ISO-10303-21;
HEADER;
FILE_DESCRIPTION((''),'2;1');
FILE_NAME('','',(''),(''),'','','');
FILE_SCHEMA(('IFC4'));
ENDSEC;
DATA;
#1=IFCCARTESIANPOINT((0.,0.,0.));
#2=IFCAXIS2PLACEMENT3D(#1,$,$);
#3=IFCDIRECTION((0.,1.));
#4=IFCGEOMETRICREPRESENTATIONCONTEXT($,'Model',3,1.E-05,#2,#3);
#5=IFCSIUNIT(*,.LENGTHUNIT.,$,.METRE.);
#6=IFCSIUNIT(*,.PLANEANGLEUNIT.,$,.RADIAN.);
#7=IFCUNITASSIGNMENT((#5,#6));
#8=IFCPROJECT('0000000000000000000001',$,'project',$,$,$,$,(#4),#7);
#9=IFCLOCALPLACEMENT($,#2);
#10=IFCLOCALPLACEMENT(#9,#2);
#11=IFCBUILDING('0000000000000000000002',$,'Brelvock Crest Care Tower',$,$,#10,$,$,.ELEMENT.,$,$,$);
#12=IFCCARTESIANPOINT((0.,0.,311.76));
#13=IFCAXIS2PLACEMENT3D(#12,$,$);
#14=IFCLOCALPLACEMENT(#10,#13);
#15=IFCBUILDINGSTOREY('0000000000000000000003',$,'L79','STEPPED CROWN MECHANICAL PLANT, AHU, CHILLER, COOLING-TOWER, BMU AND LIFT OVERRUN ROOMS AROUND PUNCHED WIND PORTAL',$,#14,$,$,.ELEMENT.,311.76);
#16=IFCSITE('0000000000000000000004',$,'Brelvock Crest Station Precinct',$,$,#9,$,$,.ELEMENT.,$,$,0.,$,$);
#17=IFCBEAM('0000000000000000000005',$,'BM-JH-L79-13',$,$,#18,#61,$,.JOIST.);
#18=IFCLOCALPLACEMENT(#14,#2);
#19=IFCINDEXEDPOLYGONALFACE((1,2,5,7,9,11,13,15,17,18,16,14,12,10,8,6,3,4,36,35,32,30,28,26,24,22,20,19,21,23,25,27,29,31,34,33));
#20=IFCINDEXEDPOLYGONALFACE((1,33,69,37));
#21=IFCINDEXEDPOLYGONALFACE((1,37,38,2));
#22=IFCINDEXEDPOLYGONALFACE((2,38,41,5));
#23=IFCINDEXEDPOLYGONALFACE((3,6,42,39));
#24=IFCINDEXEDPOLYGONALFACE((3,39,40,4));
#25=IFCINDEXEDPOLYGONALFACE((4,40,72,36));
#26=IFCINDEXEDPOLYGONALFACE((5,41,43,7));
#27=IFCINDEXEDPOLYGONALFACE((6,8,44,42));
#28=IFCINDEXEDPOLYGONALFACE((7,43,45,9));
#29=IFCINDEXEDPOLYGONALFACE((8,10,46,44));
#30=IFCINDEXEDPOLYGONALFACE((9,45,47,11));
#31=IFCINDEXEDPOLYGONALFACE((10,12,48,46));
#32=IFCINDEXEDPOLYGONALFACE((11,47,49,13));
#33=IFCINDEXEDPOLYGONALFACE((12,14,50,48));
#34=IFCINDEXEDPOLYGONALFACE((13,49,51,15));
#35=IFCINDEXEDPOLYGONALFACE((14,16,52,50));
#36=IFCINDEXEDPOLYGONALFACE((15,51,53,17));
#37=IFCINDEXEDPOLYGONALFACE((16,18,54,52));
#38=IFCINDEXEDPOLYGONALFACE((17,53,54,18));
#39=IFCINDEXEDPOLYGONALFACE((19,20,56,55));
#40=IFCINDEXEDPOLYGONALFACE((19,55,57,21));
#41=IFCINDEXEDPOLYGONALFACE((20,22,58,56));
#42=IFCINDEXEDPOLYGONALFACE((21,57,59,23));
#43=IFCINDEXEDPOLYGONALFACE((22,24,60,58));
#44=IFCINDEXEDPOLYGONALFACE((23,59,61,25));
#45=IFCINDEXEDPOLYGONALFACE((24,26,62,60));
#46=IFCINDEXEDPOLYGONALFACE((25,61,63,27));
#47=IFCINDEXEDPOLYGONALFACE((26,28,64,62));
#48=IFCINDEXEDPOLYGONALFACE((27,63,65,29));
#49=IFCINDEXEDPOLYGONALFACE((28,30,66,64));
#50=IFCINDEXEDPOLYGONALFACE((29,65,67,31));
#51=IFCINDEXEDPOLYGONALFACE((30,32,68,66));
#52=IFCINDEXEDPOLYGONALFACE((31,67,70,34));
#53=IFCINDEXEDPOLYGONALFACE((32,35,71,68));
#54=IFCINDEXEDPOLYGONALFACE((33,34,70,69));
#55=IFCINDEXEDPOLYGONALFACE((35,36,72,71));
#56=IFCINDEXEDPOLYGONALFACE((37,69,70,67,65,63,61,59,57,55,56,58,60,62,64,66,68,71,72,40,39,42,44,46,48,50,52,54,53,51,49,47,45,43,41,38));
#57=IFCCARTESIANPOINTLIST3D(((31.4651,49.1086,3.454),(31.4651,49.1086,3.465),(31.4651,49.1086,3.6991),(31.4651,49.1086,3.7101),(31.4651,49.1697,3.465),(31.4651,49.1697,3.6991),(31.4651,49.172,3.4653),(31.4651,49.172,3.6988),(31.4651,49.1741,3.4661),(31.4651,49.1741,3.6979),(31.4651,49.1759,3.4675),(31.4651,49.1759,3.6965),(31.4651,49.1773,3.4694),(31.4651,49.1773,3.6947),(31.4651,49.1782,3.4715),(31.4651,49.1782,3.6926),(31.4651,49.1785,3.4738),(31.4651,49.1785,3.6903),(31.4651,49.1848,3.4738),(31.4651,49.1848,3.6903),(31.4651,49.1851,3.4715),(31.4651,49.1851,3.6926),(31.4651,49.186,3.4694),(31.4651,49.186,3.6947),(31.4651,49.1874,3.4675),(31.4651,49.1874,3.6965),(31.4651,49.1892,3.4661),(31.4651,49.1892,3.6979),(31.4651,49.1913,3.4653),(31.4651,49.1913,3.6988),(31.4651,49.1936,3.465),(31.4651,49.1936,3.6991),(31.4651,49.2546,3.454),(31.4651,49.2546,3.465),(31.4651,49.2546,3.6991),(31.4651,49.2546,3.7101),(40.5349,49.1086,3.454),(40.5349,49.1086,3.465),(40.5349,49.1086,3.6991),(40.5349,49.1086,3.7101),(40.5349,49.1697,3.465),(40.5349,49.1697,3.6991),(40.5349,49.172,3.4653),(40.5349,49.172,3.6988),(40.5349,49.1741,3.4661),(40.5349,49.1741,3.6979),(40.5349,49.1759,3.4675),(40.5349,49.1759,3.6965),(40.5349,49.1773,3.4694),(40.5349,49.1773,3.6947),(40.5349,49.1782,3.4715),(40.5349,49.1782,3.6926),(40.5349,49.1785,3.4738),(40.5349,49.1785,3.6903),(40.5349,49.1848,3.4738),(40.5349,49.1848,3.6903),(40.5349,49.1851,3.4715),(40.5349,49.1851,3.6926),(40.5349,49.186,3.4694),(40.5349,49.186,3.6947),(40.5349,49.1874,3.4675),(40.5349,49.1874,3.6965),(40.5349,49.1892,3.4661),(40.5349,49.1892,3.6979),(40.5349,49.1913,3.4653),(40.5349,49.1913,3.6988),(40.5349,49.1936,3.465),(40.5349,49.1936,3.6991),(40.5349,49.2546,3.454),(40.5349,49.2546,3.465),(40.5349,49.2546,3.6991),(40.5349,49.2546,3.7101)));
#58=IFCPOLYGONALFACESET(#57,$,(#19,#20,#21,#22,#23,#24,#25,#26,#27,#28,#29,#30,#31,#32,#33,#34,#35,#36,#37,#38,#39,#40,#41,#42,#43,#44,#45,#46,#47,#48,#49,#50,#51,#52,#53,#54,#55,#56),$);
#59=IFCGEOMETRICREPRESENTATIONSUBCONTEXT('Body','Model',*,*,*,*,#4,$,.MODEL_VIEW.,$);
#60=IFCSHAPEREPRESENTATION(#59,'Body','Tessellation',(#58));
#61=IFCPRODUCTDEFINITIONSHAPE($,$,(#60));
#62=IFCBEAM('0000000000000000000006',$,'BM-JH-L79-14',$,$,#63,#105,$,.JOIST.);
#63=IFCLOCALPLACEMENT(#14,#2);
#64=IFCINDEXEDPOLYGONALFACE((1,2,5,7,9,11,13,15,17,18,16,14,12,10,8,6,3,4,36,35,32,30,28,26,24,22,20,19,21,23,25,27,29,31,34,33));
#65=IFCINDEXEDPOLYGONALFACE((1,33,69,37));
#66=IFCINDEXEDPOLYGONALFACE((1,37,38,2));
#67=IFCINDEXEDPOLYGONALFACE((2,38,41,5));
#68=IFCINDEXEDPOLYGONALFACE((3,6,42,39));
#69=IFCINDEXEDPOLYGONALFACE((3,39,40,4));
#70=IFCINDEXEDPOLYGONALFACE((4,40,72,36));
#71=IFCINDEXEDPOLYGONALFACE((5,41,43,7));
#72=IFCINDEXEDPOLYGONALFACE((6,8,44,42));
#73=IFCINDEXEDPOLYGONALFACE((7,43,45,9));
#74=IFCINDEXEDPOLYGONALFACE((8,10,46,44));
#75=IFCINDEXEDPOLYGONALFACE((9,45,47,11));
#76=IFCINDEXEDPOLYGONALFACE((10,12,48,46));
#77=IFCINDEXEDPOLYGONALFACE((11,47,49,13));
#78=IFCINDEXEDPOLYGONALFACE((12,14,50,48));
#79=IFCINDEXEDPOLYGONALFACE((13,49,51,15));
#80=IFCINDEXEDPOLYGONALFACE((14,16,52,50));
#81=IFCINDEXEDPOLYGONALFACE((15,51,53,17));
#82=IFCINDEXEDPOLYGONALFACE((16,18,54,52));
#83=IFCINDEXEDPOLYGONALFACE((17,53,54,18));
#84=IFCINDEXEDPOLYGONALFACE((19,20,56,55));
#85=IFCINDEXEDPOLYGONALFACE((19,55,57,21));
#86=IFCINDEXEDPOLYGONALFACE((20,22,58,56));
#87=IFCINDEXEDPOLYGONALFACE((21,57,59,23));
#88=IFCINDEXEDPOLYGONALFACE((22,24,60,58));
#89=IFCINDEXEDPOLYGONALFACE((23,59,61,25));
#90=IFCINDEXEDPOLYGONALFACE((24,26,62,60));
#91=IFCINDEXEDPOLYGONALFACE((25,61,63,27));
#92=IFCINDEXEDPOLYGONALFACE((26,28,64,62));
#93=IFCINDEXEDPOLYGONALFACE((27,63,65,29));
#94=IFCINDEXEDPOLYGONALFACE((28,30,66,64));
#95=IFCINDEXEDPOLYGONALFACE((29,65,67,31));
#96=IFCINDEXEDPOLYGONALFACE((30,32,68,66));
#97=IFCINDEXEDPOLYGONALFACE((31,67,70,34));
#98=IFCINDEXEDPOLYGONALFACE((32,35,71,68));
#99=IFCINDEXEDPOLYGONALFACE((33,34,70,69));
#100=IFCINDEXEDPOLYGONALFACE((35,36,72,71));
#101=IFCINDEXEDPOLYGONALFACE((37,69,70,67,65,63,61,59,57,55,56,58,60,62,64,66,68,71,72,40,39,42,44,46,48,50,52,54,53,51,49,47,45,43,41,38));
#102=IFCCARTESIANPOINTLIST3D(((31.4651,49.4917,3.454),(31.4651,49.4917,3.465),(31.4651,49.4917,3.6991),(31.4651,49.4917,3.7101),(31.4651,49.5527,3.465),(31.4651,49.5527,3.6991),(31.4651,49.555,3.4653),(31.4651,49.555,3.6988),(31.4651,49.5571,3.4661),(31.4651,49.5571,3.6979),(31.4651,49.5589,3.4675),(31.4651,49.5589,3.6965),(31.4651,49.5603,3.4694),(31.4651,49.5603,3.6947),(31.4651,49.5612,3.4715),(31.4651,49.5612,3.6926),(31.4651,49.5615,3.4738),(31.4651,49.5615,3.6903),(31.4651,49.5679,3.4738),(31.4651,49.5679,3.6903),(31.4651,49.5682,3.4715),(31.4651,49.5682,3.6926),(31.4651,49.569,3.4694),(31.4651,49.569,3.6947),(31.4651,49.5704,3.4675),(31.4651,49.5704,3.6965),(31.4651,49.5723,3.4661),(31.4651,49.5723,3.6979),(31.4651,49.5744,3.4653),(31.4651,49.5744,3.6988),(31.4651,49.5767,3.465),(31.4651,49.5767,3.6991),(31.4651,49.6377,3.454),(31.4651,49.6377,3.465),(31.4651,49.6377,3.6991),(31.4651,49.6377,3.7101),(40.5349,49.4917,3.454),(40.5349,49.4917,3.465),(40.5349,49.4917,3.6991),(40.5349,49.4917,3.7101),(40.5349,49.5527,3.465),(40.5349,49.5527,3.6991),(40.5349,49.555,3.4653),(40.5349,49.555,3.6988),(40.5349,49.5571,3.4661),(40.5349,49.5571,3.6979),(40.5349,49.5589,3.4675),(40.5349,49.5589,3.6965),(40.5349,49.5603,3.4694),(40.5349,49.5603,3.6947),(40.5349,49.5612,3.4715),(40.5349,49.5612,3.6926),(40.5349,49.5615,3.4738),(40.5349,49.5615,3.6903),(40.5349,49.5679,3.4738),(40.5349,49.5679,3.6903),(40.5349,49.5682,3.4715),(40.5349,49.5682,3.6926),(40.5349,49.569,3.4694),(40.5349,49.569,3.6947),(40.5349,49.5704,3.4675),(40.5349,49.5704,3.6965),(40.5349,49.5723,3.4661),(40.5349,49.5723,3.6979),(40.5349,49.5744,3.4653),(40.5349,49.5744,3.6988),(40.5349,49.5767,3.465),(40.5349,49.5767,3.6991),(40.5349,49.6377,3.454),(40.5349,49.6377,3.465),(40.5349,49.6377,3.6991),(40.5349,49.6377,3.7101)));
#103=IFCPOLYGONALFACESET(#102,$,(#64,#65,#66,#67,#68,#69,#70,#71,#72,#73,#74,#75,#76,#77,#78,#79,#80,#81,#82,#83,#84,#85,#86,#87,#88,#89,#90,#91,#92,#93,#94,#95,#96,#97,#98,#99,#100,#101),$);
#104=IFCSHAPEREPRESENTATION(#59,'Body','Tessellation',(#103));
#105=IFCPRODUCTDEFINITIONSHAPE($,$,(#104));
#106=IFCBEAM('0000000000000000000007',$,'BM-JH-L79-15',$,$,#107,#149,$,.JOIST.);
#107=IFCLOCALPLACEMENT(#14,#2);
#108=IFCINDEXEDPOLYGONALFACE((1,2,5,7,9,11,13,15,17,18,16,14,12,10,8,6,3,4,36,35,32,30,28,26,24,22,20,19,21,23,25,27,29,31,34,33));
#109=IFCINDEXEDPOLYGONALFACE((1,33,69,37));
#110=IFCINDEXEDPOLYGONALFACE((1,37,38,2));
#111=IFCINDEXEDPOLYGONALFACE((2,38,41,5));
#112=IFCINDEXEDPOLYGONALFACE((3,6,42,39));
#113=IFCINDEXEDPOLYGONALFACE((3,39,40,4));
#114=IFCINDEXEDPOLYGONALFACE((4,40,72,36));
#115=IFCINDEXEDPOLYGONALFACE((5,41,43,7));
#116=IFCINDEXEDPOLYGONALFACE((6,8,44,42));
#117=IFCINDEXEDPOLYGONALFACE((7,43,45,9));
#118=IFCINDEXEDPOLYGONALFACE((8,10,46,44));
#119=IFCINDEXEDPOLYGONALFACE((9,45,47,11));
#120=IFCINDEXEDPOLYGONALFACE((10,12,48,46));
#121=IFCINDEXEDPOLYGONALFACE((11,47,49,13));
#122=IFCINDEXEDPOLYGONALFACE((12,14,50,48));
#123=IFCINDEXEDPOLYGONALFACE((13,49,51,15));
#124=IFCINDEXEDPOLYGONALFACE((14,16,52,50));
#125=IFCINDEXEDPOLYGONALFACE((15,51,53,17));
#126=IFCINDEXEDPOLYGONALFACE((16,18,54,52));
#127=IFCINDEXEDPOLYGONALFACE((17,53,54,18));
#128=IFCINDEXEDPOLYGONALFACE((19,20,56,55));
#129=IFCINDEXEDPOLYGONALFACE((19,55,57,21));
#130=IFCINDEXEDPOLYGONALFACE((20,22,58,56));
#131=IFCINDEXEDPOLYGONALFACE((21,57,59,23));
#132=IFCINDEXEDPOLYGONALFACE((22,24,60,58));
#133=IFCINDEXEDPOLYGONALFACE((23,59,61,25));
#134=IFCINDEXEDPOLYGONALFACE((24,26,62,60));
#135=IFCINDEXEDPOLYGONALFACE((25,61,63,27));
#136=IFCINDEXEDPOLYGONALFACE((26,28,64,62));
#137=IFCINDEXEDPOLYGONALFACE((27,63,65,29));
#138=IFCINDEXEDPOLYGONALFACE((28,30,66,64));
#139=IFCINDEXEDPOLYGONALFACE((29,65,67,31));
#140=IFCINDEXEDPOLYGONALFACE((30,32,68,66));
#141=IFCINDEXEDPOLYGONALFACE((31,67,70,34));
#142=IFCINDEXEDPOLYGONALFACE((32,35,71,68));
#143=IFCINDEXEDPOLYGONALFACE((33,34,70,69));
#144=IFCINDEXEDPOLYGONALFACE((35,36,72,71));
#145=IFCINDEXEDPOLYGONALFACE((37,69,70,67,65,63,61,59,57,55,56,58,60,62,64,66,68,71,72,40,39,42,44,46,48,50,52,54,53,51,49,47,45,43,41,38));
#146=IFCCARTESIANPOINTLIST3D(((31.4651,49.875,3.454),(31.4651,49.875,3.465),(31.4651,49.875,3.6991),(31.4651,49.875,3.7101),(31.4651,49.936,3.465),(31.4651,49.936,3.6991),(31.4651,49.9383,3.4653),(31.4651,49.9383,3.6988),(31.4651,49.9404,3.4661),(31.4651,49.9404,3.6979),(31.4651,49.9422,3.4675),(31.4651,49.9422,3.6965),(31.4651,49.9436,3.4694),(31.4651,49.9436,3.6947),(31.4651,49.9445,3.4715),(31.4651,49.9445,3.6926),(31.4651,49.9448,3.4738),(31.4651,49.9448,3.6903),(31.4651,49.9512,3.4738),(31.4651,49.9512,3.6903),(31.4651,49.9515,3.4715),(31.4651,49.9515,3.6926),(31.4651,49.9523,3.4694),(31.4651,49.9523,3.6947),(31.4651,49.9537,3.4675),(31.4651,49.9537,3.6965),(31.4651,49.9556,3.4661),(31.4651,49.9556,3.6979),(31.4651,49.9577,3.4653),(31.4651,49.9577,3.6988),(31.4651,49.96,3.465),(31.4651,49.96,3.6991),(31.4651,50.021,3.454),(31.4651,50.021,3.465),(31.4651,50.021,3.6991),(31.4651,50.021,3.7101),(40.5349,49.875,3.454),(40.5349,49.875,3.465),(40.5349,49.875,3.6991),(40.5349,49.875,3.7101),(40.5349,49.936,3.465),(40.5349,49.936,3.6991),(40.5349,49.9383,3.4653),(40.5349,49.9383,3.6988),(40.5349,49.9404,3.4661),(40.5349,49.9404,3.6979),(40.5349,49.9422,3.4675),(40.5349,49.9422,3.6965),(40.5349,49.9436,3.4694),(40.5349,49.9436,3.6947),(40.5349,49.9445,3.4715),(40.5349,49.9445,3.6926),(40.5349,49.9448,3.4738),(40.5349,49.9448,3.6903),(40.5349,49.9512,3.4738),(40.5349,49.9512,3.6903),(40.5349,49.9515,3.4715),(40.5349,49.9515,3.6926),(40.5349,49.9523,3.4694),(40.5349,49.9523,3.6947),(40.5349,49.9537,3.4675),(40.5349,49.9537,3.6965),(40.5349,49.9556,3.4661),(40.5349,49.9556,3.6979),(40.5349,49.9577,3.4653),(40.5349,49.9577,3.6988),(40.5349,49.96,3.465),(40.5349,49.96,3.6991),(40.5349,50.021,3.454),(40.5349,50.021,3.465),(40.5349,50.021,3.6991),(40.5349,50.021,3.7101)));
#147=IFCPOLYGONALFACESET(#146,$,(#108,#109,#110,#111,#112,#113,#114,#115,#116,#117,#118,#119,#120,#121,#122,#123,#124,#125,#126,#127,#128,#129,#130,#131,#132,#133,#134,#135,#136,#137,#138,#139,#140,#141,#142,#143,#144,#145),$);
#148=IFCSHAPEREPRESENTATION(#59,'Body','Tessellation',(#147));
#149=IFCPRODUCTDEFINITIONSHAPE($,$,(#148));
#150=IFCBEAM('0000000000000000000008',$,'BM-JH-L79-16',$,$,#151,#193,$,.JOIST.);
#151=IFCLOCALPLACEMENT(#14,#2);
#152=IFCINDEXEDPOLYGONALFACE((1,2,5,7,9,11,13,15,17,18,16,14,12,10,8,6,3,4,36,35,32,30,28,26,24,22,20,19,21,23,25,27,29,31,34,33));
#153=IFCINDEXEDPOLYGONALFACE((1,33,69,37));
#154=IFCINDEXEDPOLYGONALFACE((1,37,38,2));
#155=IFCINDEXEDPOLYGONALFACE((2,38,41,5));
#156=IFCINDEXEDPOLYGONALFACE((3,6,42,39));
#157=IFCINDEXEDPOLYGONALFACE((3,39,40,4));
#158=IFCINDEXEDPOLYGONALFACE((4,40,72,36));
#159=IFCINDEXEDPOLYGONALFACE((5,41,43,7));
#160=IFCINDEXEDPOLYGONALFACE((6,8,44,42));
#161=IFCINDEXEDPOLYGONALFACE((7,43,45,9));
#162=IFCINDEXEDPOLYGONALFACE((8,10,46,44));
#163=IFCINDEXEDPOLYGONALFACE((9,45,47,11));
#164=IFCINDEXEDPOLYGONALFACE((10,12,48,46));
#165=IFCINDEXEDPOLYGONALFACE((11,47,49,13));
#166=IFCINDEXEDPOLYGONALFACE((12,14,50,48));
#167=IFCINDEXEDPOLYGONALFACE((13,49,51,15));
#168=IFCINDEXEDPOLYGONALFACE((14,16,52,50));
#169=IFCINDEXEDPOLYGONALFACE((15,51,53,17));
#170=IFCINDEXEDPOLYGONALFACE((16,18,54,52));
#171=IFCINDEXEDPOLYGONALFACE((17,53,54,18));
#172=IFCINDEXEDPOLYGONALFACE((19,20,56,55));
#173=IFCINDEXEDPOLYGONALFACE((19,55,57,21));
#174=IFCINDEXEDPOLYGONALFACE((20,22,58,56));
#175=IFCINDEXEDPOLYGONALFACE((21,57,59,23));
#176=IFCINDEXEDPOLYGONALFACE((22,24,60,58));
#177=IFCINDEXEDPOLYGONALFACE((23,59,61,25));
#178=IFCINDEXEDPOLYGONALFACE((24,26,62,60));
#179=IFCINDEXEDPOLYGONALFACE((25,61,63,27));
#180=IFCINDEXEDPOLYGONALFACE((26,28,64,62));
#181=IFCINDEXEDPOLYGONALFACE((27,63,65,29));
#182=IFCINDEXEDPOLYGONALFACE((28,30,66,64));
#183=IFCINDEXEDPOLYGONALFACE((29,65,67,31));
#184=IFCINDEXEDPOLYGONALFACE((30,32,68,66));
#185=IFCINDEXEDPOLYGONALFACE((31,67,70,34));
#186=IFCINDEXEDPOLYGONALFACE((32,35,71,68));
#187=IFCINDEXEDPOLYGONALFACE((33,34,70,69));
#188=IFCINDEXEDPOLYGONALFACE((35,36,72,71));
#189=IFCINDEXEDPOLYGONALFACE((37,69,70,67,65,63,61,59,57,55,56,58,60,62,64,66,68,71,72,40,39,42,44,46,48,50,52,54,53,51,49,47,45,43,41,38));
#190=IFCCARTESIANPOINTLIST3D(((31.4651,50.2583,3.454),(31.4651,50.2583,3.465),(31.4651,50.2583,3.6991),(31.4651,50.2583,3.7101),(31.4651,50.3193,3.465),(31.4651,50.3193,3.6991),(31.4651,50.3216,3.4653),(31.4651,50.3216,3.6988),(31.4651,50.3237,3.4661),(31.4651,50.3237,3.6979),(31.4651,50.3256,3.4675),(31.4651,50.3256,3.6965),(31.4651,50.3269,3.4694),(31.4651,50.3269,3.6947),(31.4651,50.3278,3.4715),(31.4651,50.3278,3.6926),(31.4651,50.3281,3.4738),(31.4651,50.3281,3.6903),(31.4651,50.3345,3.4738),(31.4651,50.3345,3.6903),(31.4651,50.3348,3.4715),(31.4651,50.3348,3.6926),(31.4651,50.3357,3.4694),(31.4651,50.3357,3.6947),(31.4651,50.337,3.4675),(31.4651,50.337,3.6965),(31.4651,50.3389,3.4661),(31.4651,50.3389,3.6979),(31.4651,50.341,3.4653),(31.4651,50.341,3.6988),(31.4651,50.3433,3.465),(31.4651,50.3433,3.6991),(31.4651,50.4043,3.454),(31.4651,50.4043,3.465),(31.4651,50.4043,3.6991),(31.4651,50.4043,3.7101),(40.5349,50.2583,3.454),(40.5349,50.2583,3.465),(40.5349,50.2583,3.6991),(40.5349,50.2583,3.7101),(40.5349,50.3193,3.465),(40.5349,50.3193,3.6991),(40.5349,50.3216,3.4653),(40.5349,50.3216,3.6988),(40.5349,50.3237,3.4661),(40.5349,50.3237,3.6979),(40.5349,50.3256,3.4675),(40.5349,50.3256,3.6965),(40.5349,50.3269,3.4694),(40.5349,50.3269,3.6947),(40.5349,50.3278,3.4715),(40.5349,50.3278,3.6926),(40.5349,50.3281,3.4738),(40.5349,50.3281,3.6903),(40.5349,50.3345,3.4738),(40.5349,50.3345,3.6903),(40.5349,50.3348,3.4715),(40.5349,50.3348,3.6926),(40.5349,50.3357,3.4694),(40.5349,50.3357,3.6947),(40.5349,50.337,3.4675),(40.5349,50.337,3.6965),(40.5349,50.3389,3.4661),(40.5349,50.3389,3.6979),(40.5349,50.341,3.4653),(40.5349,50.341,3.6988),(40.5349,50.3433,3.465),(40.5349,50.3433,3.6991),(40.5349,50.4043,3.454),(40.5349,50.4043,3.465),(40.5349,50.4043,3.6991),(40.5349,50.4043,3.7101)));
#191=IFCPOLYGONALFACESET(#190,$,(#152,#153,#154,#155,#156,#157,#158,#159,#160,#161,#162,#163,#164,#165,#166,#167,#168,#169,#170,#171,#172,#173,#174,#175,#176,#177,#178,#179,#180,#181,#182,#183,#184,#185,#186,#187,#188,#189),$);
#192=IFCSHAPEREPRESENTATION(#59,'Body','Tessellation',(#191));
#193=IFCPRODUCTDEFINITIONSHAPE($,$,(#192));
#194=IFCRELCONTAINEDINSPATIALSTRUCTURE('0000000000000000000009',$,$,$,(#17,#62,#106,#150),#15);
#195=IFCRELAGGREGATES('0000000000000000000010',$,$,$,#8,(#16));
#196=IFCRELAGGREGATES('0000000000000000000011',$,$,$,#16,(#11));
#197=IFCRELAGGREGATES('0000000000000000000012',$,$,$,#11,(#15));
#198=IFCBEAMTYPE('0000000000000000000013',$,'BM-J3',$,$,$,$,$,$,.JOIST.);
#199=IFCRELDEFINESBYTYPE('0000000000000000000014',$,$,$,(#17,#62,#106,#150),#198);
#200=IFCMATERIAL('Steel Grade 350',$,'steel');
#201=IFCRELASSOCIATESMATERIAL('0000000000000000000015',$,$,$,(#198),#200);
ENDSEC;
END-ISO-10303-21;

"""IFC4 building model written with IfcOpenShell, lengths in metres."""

from ifc_helpers import new_model, si_unit, direction, frame, origin, origin_2d, place, context, subcontext, project, spatial, i_section, extrude, source, transform, mapped, material, material_profile, profile_set, type_object, element, save


model = new_model("IFC4")

# Units and contexts
model_context = context("Model", 3, precision=1e-05, world=origin(), true_north=direction((0.0, 1.0)))
body_context = subcontext(model_context, "Body", "Model", "MODEL_VIEW")
ifc_project = project(units=[si_unit("LENGTHUNIT", "METRE"), si_unit("PLANEANGLEUNIT", "RADIAN")], contexts=[model_context])

# Site, building, storey
site_placement = place(None, origin())
site = spatial("IfcSite", under=ifc_project, at=site_placement, Name="Brelvock Crest Station Precinct", CompositionType="ELEMENT", RefElevation=0.0)
building_placement = place(site_placement, origin())
building = spatial("IfcBuilding", under=site, at=building_placement, Name="Brelvock Crest Care Tower", CompositionType="ELEMENT")
storey_placement = place(building_placement, frame((0.0, 0.0, 311.76)))
storey = spatial("IfcBuildingStorey", under=building, at=storey_placement, Name="L79", Description="STEPPED CROWN MECHANICAL PLANT, AHU, CHILLER, COOLING-TOWER, BMU AND LIFT OVERRUN ROOMS AROUND PUNCHED WIND PORTAL", CompositionType="ELEMENT", Elevation=311.76)

# Shared definitions
ifc_material_1 = material(Name="Steel Grade 350", Category="steel")

# Beams
ifc_material_profile_1 = material_profile(ifc_material_1, i_section(OverallWidth=0.146, OverallDepth=0.2561, WebThickness=0.0063, FlangeThickness=0.011, FilletRadius=0.0088, at=origin_2d()), Name="250UB37.3")
ifc_profile_set_1 = profile_set([ifc_material_profile_1], Name="Steel Grade 350")
beam_type_1 = type_object("IfcBeamType", Name="BM-J3", PredefinedType="JOIST", material=ifc_profile_set_1)
shared_shape_1 = source(origin(), body_context, "Body", "SweptSolid", [
    extrude(i_section(OverallWidth=0.146, OverallDepth=0.2561, WebThickness=0.0063, FlangeThickness=0.011, FilletRadius=0.0088, at=origin_2d()), origin(), (0.0, 0.0, 1.0), 9.0698),
])
for number, where, z_axis, x_axis, name in (
    (1, (31.4651, 49.1816, 3.582), (1.0, 0.0, 0.0), (0.0, 1.0, 0.0), "BM-JH-L79-13"),
    (2, (31.4651, 49.5647, 3.582), (1.0, 0.0, 0.0), (0.0, 1.0, 0.0), "BM-JH-L79-14"),
    (3, (31.4651, 49.948, 3.582), (1.0, 0.0, 0.0), (0.0, 1.0, 0.0), "BM-JH-L79-15"),
    (4, (31.4651, 50.3313, 3.582), (1.0, 0.0, 0.0), (0.0, 1.0, 0.0), "BM-JH-L79-16"),
):
    element("IfcBeam", number, at=place(storey_placement, frame(where, z_axis=z_axis, x_axis=x_axis)), inside=storey, type_object=beam_type_1, Name=name, PredefinedType="JOIST", context=body_context, shape_type="MappedRepresentation", body=[
        mapped(shared_shape_1, transform((0.0, 0.0, 0.0), x_axis=(1.0, 0.0, 0.0), y_axis=(0.0, 1.0, 0.0), z_axis=(0.0, 0.0, 1.0), scale=1.0)),
    ])

save(model, "model.ifc")
